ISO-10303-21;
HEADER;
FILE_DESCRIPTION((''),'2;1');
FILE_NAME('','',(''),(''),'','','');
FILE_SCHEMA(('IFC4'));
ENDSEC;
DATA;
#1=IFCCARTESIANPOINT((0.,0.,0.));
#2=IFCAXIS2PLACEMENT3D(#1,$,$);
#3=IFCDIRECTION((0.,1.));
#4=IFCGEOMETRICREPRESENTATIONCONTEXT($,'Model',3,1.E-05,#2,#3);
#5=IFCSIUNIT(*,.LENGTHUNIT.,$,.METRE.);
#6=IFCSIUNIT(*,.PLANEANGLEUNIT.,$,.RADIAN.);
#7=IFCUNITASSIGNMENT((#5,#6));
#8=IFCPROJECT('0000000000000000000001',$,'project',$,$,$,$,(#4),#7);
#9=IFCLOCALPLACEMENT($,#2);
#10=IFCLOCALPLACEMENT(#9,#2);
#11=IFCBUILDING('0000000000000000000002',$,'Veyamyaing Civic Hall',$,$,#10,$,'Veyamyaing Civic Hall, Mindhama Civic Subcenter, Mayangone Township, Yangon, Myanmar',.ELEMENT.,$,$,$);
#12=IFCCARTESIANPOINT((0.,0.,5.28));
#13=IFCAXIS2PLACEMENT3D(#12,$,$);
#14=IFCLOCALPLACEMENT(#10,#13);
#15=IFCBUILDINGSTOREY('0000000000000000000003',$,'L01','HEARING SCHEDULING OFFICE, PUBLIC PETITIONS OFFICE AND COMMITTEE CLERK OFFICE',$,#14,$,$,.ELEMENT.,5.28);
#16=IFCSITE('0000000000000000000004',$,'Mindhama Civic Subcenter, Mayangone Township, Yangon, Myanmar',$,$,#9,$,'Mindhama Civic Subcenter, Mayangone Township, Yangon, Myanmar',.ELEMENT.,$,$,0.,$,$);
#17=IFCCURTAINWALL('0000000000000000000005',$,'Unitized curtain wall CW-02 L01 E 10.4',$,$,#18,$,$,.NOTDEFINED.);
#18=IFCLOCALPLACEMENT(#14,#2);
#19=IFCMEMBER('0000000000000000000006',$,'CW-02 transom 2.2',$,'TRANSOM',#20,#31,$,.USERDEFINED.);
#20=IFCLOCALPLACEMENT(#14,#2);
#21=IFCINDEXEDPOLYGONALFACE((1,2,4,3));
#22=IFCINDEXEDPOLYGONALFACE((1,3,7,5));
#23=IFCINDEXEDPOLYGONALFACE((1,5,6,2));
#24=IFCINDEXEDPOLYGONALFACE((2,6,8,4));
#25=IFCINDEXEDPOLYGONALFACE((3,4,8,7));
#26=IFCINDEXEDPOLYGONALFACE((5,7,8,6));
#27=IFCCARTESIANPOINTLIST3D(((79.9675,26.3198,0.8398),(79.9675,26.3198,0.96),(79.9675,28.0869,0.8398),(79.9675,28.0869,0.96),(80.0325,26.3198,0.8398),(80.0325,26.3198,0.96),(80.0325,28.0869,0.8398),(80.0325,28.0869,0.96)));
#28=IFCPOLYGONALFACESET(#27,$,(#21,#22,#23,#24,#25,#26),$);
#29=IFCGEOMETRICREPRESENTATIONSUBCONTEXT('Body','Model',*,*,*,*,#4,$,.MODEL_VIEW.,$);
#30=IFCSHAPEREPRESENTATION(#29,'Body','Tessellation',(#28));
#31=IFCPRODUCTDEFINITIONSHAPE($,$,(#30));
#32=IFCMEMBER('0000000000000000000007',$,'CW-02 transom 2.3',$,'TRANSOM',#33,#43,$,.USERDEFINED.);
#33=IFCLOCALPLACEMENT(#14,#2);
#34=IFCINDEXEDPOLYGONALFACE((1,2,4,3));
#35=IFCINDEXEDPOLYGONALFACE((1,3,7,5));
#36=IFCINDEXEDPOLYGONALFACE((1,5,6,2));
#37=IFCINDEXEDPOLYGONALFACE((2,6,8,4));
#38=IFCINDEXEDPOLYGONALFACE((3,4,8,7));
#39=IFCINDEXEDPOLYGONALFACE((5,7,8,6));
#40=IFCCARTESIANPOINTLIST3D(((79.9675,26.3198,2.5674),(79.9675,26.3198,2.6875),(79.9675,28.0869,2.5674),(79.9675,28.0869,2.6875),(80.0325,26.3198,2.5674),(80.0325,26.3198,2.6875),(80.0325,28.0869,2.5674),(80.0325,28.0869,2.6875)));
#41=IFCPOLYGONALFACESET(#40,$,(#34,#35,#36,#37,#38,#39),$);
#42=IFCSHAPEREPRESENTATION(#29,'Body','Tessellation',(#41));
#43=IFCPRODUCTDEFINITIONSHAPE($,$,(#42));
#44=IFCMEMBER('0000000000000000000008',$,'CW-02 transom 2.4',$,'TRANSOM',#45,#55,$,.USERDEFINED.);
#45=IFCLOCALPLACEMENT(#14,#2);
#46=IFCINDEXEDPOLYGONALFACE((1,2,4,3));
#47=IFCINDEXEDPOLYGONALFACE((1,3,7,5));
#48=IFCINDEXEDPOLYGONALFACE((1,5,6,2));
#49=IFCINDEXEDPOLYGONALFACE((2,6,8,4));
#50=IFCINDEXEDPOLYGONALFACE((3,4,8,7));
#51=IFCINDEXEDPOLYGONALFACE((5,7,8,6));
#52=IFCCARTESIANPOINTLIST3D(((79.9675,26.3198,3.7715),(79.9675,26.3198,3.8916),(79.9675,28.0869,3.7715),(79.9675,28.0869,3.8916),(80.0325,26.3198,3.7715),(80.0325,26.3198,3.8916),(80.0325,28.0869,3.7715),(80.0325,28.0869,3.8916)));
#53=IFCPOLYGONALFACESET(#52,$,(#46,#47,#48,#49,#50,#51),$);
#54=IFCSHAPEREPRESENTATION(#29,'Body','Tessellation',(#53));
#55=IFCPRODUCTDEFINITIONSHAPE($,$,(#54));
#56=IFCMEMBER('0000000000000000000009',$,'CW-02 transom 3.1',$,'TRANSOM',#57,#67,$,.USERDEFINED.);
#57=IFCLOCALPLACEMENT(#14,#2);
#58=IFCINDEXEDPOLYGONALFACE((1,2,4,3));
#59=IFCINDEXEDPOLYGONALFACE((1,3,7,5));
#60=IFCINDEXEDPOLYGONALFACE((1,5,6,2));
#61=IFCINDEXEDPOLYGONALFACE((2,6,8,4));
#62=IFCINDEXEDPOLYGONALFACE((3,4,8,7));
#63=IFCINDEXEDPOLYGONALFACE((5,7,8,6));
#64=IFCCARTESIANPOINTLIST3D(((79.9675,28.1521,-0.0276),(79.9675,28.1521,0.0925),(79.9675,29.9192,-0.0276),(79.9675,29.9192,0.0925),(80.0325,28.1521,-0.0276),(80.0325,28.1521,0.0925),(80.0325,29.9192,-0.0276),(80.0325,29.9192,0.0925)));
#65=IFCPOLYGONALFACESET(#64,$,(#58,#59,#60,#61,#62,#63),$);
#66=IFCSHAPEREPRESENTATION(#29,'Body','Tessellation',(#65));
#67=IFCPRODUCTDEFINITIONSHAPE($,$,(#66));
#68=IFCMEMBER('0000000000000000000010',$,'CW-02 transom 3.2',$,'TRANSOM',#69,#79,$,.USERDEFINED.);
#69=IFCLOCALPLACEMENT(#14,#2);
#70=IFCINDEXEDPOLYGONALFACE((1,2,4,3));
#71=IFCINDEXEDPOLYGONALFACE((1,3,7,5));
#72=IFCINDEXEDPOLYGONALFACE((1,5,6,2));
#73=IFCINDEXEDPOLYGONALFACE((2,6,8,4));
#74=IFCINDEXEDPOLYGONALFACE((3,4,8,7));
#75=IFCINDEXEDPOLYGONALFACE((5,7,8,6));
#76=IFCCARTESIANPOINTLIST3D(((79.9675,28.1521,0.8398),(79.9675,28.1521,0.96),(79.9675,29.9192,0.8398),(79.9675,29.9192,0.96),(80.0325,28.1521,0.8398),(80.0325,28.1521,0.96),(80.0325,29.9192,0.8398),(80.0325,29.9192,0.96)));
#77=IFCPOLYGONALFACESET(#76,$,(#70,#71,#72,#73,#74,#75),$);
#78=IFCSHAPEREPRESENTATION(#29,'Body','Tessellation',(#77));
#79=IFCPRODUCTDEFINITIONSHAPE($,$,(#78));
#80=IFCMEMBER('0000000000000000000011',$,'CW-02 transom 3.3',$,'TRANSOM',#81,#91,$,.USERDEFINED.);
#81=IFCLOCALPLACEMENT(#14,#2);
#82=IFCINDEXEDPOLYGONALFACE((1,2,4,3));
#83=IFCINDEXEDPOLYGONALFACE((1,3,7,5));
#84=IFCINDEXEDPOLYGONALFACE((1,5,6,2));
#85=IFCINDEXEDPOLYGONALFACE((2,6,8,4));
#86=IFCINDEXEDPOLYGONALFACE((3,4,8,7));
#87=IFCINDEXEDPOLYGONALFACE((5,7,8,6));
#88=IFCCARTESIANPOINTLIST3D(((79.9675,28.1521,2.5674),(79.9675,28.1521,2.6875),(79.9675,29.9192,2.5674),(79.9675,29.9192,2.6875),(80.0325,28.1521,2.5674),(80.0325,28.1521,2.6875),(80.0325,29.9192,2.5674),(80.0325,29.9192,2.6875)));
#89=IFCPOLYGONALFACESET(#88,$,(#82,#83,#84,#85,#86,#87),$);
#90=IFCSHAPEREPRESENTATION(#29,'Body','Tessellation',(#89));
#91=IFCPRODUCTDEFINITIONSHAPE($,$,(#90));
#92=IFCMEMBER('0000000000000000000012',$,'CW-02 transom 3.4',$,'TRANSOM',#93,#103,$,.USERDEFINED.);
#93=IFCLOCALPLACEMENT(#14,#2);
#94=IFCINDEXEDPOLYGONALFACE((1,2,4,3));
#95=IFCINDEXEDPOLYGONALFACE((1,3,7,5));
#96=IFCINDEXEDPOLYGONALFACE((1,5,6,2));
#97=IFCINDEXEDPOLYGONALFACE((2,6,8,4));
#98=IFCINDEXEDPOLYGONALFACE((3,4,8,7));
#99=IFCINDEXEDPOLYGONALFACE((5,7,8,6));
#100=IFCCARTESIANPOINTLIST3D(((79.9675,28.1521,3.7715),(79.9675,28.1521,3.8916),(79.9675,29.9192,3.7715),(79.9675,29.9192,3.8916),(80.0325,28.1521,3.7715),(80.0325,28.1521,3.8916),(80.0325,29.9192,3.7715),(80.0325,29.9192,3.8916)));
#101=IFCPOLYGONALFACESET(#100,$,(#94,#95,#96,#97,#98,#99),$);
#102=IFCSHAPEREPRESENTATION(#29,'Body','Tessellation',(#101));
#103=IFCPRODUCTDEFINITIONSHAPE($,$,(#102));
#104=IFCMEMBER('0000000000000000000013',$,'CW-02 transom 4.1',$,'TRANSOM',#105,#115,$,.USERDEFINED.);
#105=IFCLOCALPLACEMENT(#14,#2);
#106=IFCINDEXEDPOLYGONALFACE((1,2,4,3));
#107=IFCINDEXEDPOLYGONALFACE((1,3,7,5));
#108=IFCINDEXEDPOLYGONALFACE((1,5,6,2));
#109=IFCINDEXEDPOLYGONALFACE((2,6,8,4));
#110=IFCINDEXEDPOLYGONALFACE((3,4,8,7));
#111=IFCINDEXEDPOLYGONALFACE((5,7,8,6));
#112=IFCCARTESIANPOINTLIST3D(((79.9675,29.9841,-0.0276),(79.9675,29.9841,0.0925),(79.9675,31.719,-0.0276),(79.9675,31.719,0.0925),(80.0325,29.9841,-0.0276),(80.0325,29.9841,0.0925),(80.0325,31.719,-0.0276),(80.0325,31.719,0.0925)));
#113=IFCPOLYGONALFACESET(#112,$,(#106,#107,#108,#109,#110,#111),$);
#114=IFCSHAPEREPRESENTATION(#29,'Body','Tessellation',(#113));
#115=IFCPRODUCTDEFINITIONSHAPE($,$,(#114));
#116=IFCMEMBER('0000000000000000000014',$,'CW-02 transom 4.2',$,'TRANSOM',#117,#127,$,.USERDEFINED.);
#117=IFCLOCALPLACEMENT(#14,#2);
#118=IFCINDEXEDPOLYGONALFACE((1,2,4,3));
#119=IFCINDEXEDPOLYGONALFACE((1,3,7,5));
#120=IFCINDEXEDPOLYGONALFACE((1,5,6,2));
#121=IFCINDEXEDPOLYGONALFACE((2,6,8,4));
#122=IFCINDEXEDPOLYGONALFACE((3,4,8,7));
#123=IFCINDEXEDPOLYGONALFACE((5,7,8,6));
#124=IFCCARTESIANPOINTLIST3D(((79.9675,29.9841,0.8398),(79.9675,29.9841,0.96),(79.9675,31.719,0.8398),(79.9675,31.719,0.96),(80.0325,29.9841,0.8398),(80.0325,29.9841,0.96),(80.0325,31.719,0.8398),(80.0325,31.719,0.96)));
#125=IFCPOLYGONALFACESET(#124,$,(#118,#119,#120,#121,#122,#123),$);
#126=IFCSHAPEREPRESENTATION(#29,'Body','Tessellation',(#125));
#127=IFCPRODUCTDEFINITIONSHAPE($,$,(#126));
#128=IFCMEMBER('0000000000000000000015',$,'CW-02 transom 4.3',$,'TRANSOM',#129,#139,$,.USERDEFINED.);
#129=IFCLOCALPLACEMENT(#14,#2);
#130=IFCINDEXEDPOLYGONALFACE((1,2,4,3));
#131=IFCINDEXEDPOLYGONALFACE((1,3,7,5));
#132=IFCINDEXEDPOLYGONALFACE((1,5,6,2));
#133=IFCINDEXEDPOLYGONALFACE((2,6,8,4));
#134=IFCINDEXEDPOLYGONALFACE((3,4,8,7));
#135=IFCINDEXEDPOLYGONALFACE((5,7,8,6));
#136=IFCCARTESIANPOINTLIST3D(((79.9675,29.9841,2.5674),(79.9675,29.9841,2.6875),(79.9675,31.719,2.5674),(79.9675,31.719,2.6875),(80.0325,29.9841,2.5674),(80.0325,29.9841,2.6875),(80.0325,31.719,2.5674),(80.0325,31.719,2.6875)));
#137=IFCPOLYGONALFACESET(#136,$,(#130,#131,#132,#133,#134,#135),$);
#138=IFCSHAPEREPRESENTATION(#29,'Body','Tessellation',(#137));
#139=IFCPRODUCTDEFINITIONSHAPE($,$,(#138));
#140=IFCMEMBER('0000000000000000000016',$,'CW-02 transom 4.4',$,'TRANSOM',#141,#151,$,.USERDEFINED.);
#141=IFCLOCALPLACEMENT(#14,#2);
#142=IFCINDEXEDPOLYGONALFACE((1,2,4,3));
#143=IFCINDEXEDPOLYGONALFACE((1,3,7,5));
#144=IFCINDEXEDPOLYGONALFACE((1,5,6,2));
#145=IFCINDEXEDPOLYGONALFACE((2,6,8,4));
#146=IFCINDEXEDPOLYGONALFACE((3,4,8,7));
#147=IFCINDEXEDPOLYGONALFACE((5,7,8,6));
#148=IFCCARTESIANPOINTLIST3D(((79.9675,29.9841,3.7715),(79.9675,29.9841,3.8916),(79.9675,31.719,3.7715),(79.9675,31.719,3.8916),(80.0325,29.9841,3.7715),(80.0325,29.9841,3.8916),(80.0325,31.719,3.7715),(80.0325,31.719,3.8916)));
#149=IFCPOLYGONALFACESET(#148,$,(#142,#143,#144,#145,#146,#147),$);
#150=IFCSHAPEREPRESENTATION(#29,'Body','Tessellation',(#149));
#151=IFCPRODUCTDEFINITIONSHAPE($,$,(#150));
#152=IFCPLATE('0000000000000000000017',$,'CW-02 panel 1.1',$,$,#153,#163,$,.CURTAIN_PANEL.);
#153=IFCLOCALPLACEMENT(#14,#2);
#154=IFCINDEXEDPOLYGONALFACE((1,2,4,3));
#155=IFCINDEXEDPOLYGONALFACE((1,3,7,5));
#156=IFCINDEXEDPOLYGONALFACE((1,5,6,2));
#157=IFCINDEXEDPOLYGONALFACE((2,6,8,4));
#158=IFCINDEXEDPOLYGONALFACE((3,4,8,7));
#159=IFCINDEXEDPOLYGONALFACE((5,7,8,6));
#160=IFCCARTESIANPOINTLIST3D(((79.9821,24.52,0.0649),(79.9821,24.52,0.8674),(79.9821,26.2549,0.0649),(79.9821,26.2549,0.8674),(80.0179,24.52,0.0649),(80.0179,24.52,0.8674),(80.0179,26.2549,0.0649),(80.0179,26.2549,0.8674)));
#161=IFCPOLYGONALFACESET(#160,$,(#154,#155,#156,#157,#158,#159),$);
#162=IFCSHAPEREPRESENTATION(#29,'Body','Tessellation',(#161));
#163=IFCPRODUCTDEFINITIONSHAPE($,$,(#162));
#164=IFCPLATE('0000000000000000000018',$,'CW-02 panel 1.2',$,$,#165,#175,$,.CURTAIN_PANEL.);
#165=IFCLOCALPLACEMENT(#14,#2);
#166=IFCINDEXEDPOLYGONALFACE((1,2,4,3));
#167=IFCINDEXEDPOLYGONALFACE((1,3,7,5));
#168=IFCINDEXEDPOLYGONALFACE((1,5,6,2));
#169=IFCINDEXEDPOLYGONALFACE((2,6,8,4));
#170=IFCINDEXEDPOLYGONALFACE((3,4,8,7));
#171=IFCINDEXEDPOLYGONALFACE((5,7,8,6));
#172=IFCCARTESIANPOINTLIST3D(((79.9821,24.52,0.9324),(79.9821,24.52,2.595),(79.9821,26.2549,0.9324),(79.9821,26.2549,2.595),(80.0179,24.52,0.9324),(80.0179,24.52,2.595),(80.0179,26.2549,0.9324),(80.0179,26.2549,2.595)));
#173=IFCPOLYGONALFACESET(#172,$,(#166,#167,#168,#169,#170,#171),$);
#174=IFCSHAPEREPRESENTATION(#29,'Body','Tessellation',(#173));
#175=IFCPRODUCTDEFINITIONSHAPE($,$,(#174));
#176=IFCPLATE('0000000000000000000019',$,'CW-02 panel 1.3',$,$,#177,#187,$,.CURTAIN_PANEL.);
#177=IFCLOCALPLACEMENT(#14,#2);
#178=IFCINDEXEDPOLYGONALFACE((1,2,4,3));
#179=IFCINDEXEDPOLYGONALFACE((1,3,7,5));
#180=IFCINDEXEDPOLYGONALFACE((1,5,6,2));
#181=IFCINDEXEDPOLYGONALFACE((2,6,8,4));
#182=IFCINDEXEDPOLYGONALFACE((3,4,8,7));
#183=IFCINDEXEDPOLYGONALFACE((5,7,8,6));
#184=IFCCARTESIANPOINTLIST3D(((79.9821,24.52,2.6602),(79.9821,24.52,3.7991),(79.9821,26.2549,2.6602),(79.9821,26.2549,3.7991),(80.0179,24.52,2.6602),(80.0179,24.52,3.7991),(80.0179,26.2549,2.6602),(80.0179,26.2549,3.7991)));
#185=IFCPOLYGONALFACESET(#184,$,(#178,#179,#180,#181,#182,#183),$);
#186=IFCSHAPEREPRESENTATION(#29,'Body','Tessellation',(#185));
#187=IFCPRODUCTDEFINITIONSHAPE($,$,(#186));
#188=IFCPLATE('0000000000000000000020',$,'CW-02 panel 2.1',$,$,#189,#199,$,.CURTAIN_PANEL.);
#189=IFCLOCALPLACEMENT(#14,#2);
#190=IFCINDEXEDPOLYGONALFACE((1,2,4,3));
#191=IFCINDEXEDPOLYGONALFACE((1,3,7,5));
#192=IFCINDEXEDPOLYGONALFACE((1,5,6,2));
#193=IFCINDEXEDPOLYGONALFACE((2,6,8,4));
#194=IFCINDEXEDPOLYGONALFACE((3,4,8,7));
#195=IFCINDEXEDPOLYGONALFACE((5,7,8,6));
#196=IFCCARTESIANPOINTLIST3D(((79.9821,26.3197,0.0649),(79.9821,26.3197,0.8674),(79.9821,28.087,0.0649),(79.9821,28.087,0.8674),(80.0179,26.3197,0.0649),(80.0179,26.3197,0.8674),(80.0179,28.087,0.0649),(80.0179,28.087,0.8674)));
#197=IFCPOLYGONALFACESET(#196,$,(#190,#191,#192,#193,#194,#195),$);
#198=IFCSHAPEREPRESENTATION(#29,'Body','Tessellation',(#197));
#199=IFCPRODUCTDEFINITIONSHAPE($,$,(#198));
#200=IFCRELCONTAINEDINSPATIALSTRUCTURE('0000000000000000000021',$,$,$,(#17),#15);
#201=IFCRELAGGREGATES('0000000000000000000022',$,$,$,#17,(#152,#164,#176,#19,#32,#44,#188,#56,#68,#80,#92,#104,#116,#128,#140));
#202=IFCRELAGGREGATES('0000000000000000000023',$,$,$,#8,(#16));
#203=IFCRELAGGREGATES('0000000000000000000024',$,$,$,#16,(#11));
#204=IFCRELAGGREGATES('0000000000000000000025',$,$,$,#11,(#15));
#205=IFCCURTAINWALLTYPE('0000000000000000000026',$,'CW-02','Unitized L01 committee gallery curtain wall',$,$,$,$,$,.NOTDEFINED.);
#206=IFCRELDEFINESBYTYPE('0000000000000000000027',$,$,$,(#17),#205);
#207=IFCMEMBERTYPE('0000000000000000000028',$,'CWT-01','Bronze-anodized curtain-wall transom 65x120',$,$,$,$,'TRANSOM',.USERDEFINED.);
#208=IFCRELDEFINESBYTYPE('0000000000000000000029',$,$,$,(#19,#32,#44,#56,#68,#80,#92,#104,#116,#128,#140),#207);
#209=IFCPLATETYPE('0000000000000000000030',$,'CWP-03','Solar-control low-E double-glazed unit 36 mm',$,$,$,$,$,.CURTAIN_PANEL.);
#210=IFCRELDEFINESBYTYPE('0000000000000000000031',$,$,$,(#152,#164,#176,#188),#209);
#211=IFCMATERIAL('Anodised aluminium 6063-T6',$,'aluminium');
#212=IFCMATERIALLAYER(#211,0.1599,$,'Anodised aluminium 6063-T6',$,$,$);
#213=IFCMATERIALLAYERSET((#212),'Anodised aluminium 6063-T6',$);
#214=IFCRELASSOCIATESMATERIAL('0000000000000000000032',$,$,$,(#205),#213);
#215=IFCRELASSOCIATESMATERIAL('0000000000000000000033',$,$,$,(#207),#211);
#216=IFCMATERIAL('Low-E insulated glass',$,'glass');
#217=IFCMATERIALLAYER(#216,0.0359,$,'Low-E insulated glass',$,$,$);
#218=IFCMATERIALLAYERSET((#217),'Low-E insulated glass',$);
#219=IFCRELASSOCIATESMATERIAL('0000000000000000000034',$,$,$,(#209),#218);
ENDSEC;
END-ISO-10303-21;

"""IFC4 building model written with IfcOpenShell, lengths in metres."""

from ifc_helpers import new_model, si_unit, direction, frame, origin, origin_2d, place, context, subcontext, project, spatial, rectangle, extrude, material, layer, layer_set, material_profile, profile_set, type_object, element, aggregate, save


model = new_model("IFC4")

# Units and contexts
model_context = context("Model", 3, precision=1e-05, world=origin(), true_north=direction((0.0, 1.0)))
body_context = subcontext(model_context, "Body", "Model", "MODEL_VIEW")
ifc_project = project(units=[si_unit("LENGTHUNIT", "METRE"), si_unit("PLANEANGLEUNIT", "RADIAN")], contexts=[model_context])

# Site, building, storey
site_placement = place(None, origin())
site = spatial("IfcSite", under=ifc_project, at=site_placement, Name="Mindhama Civic Subcenter, Mayangone Township, Yangon, Myanmar", LongName="Mindhama Civic Subcenter, Mayangone Township, Yangon, Myanmar", CompositionType="ELEMENT", RefElevation=0.0)
building_placement = place(site_placement, origin())
building = spatial("IfcBuilding", under=site, at=building_placement, Name="Veyamyaing Civic Hall", LongName="Veyamyaing Civic Hall, Mindhama Civic Subcenter, Mayangone Township, Yangon, Myanmar", CompositionType="ELEMENT")
storey_placement = place(building_placement, frame((0.0, 0.0, 5.28)))
storey = spatial("IfcBuildingStorey", under=building, at=storey_placement, Name="L01", Description="HEARING SCHEDULING OFFICE, PUBLIC PETITIONS OFFICE AND COMMITTEE CLERK OFFICE", CompositionType="ELEMENT", Elevation=5.28)

# Curtain wall, members, plates
ifc_material_1 = material(Name="Anodised aluminium 6063-T6", Category="aluminium")
ifc_layer_1 = layer(ifc_material_1, 0.1599, Name="Anodised aluminium 6063-T6")
ifc_layer_set_1 = layer_set([ifc_layer_1], Name="Anodised aluminium 6063-T6")
curtain_wall_type = type_object("IfcCurtainWallType", Name="CW-02", Description="Unitized L01 committee gallery curtain wall", PredefinedType="NOTDEFINED", material=ifc_layer_set_1)
curtain_wall_placement = place(storey_placement, origin())
curtain_wall = element("IfcCurtainWall", 1, at=curtain_wall_placement, inside=storey, type_object=curtain_wall_type, Name="Unitized curtain wall CW-02 L01 E 10.4", PredefinedType="NOTDEFINED")
ifc_material_profile_1 = material_profile(ifc_material_1, rectangle(XDim=0.0649, YDim=0.1201, at=origin_2d()), Name="ALU-TRN-65X120")
ifc_profile_set_1 = profile_set([ifc_material_profile_1], Name="Anodised aluminium 6063-T6")
member_type_1 = type_object("IfcMemberType", Name="CWT-01", Description="Bronze-anodized curtain-wall transom 65x120", ElementType="TRANSOM", PredefinedType="USERDEFINED", material=ifc_profile_set_1)
member_1_placement = place(storey_placement, frame((80.0, 26.3198, 0.8999), z_axis=(0.0, 1.0, 0.0), x_axis=(-1.0, 0.0, 0.0)))
member_1 = element("IfcMember", 2, at=member_1_placement, type_object=member_type_1, Name="CW-02 transom 2.2", ObjectType="TRANSOM", PredefinedType="USERDEFINED", context=body_context, shape_type="SweptSolid", body=[
    extrude(rectangle(XDim=0.0649, YDim=0.1201, at=origin_2d()), origin(), (0.0, 0.0, 1.0), 1.7671),
])
member_2_placement = place(storey_placement, frame((80.0, 26.3198, 2.6274), z_axis=(0.0, 1.0, 0.0), x_axis=(-1.0, 0.0, 0.0)))
member_2 = element("IfcMember", 3, at=member_2_placement, type_object=member_type_1, Name="CW-02 transom 2.3", ObjectType="TRANSOM", PredefinedType="USERDEFINED", context=body_context, shape_type="SweptSolid", body=[
    extrude(rectangle(XDim=0.0649, YDim=0.1201, at=origin_2d()), origin(), (0.0, 0.0, 1.0), 1.7671),
])
member_3_placement = place(storey_placement, frame((80.0, 26.3198, 3.8315), z_axis=(0.0, 1.0, 0.0), x_axis=(-1.0, 0.0, 0.0)))
member_3 = element("IfcMember", 4, at=member_3_placement, type_object=member_type_1, Name="CW-02 transom 2.4", ObjectType="TRANSOM", PredefinedType="USERDEFINED", context=body_context, shape_type="SweptSolid", body=[
    extrude(rectangle(XDim=0.0649, YDim=0.1201, at=origin_2d()), origin(), (0.0, 0.0, 1.0), 1.7671),
])
member_4_placement = place(storey_placement, frame((80.0, 28.1521, 0.0325), z_axis=(0.0, 1.0, 0.0), x_axis=(-1.0, 0.0, 0.0)))
member_4 = element("IfcMember", 5, at=member_4_placement, type_object=member_type_1, Name="CW-02 transom 3.1", ObjectType="TRANSOM", PredefinedType="USERDEFINED", context=body_context, shape_type="SweptSolid", body=[
    extrude(rectangle(XDim=0.0649, YDim=0.1201, at=origin_2d()), origin(), (0.0, 0.0, 1.0), 1.7671),
])
member_5_placement = place(storey_placement, frame((80.0, 28.1521, 0.8999), z_axis=(0.0, 1.0, 0.0), x_axis=(-1.0, 0.0, 0.0)))
member_5 = element("IfcMember", 6, at=member_5_placement, type_object=member_type_1, Name="CW-02 transom 3.2", ObjectType="TRANSOM", PredefinedType="USERDEFINED", context=body_context, shape_type="SweptSolid", body=[
    extrude(rectangle(XDim=0.0649, YDim=0.1201, at=origin_2d()), origin(), (0.0, 0.0, 1.0), 1.7671),
])
member_6_placement = place(storey_placement, frame((80.0, 28.1521, 2.6274), z_axis=(0.0, 1.0, 0.0), x_axis=(-1.0, 0.0, 0.0)))
member_6 = element("IfcMember", 7, at=member_6_placement, type_object=member_type_1, Name="CW-02 transom 3.3", ObjectType="TRANSOM", PredefinedType="USERDEFINED", context=body_context, shape_type="SweptSolid", body=[
    extrude(rectangle(XDim=0.0649, YDim=0.1201, at=origin_2d()), origin(), (0.0, 0.0, 1.0), 1.7671),
])
member_7_placement = place(storey_placement, frame((80.0, 28.1521, 3.8315), z_axis=(0.0, 1.0, 0.0), x_axis=(-1.0, 0.0, 0.0)))
member_7 = element("IfcMember", 8, at=member_7_placement, type_object=member_type_1, Name="CW-02 transom 3.4", ObjectType="TRANSOM", PredefinedType="USERDEFINED", context=body_context, shape_type="SweptSolid", body=[
    extrude(rectangle(XDim=0.0649, YDim=0.1201, at=origin_2d()), origin(), (0.0, 0.0, 1.0), 1.7671),
])
member_8_placement = place(storey_placement, frame((80.0, 29.9841, 0.0325), z_axis=(0.0, 1.0, 0.0), x_axis=(-1.0, 0.0, 0.0)))
member_8 = element("IfcMember", 9, at=member_8_placement, type_object=member_type_1, Name="CW-02 transom 4.1", ObjectType="TRANSOM", PredefinedType="USERDEFINED", context=body_context, shape_type="SweptSolid", body=[
    extrude(rectangle(XDim=0.0649, YDim=0.1201, at=origin_2d()), origin(), (0.0, 0.0, 1.0), 1.7349),
])
member_9_placement = place(storey_placement, frame((80.0, 29.9841, 0.8999), z_axis=(0.0, 1.0, 0.0), x_axis=(-1.0, 0.0, 0.0)))
member_9 = element("IfcMember", 10, at=member_9_placement, type_object=member_type_1, Name="CW-02 transom 4.2", ObjectType="TRANSOM", PredefinedType="USERDEFINED", context=body_context, shape_type="SweptSolid", body=[
    extrude(rectangle(XDim=0.0649, YDim=0.1201, at=origin_2d()), origin(), (0.0, 0.0, 1.0), 1.7349),
])
member_10_placement = place(storey_placement, frame((80.0, 29.9841, 2.6274), z_axis=(0.0, 1.0, 0.0), x_axis=(-1.0, 0.0, 0.0)))
member_10 = element("IfcMember", 11, at=member_10_placement, type_object=member_type_1, Name="CW-02 transom 4.3", ObjectType="TRANSOM", PredefinedType="USERDEFINED", context=body_context, shape_type="SweptSolid", body=[
    extrude(rectangle(XDim=0.0649, YDim=0.1201, at=origin_2d()), origin(), (0.0, 0.0, 1.0), 1.7349),
])
member_11_placement = place(storey_placement, frame((80.0, 29.9841, 3.8315), z_axis=(0.0, 1.0, 0.0), x_axis=(-1.0, 0.0, 0.0)))
member_11 = element("IfcMember", 12, at=member_11_placement, type_object=member_type_1, Name="CW-02 transom 4.4", ObjectType="TRANSOM", PredefinedType="USERDEFINED", context=body_context, shape_type="SweptSolid", body=[
    extrude(rectangle(XDim=0.0649, YDim=0.1201, at=origin_2d()), origin(), (0.0, 0.0, 1.0), 1.7349),
])
ifc_material_2 = material(Name="Low-E insulated glass", Category="glass")
ifc_layer_2 = layer(ifc_material_2, 0.0359, Name="Low-E insulated glass")
ifc_layer_set_2 = layer_set([ifc_layer_2], Name="Low-E insulated glass")
plate_type = type_object("IfcPlateType", Name="CWP-03", Description="Solar-control low-E double-glazed unit 36 mm", PredefinedType="CURTAIN_PANEL", material=ifc_layer_set_2)
plate_1_placement = place(storey_placement, frame((80.0, 25.3875, 0.0649), z_axis=(0.0, 0.0, 1.0), x_axis=(0.0, 1.0, 0.0)))
plate_1 = element("IfcPlate", 13, at=plate_1_placement, type_object=plate_type, Name="CW-02 panel 1.1", PredefinedType="CURTAIN_PANEL", context=body_context, shape_type="SweptSolid", body=[
    extrude(rectangle(XDim=1.7349, YDim=0.0359, at=origin_2d()), origin(), (0.0, 0.0, 1.0), 0.8025),
])
plate_2_placement = place(storey_placement, frame((80.0, 25.3875, 0.9324), z_axis=(0.0, 0.0, 1.0), x_axis=(0.0, 1.0, 0.0)))
plate_2 = element("IfcPlate", 14, at=plate_2_placement, type_object=plate_type, Name="CW-02 panel 1.2", PredefinedType="CURTAIN_PANEL", context=body_context, shape_type="SweptSolid", body=[
    extrude(rectangle(XDim=1.7349, YDim=0.0359, at=origin_2d()), origin(), (0.0, 0.0, 1.0), 1.6626),
])
plate_3_placement = place(storey_placement, frame((80.0, 25.3875, 2.6602), z_axis=(0.0, 0.0, 1.0), x_axis=(0.0, 1.0, 0.0)))
plate_3 = element("IfcPlate", 15, at=plate_3_placement, type_object=plate_type, Name="CW-02 panel 1.3", PredefinedType="CURTAIN_PANEL", context=body_context, shape_type="SweptSolid", body=[
    extrude(rectangle(XDim=1.7349, YDim=0.0359, at=origin_2d()), origin(), (0.0, 0.0, 1.0), 1.1389),
])
plate_4_placement = place(storey_placement, frame((80.0, 27.2034, 0.0649), z_axis=(0.0, 0.0, 1.0), x_axis=(0.0, 1.0, 0.0)))
plate_4 = element("IfcPlate", 16, at=plate_4_placement, type_object=plate_type, Name="CW-02 panel 2.1", PredefinedType="CURTAIN_PANEL", context=body_context, shape_type="SweptSolid", body=[
    extrude(rectangle(XDim=1.7673, YDim=0.0359, at=origin_2d()), origin(), (0.0, 0.0, 1.0), 0.8025),
])
aggregate(curtain_wall, [plate_1, plate_2, plate_3, member_1, member_2, member_3, plate_4, member_4, member_5, member_6, member_7, member_8, member_9, member_10, member_11])

save(model, "model.ifc")
